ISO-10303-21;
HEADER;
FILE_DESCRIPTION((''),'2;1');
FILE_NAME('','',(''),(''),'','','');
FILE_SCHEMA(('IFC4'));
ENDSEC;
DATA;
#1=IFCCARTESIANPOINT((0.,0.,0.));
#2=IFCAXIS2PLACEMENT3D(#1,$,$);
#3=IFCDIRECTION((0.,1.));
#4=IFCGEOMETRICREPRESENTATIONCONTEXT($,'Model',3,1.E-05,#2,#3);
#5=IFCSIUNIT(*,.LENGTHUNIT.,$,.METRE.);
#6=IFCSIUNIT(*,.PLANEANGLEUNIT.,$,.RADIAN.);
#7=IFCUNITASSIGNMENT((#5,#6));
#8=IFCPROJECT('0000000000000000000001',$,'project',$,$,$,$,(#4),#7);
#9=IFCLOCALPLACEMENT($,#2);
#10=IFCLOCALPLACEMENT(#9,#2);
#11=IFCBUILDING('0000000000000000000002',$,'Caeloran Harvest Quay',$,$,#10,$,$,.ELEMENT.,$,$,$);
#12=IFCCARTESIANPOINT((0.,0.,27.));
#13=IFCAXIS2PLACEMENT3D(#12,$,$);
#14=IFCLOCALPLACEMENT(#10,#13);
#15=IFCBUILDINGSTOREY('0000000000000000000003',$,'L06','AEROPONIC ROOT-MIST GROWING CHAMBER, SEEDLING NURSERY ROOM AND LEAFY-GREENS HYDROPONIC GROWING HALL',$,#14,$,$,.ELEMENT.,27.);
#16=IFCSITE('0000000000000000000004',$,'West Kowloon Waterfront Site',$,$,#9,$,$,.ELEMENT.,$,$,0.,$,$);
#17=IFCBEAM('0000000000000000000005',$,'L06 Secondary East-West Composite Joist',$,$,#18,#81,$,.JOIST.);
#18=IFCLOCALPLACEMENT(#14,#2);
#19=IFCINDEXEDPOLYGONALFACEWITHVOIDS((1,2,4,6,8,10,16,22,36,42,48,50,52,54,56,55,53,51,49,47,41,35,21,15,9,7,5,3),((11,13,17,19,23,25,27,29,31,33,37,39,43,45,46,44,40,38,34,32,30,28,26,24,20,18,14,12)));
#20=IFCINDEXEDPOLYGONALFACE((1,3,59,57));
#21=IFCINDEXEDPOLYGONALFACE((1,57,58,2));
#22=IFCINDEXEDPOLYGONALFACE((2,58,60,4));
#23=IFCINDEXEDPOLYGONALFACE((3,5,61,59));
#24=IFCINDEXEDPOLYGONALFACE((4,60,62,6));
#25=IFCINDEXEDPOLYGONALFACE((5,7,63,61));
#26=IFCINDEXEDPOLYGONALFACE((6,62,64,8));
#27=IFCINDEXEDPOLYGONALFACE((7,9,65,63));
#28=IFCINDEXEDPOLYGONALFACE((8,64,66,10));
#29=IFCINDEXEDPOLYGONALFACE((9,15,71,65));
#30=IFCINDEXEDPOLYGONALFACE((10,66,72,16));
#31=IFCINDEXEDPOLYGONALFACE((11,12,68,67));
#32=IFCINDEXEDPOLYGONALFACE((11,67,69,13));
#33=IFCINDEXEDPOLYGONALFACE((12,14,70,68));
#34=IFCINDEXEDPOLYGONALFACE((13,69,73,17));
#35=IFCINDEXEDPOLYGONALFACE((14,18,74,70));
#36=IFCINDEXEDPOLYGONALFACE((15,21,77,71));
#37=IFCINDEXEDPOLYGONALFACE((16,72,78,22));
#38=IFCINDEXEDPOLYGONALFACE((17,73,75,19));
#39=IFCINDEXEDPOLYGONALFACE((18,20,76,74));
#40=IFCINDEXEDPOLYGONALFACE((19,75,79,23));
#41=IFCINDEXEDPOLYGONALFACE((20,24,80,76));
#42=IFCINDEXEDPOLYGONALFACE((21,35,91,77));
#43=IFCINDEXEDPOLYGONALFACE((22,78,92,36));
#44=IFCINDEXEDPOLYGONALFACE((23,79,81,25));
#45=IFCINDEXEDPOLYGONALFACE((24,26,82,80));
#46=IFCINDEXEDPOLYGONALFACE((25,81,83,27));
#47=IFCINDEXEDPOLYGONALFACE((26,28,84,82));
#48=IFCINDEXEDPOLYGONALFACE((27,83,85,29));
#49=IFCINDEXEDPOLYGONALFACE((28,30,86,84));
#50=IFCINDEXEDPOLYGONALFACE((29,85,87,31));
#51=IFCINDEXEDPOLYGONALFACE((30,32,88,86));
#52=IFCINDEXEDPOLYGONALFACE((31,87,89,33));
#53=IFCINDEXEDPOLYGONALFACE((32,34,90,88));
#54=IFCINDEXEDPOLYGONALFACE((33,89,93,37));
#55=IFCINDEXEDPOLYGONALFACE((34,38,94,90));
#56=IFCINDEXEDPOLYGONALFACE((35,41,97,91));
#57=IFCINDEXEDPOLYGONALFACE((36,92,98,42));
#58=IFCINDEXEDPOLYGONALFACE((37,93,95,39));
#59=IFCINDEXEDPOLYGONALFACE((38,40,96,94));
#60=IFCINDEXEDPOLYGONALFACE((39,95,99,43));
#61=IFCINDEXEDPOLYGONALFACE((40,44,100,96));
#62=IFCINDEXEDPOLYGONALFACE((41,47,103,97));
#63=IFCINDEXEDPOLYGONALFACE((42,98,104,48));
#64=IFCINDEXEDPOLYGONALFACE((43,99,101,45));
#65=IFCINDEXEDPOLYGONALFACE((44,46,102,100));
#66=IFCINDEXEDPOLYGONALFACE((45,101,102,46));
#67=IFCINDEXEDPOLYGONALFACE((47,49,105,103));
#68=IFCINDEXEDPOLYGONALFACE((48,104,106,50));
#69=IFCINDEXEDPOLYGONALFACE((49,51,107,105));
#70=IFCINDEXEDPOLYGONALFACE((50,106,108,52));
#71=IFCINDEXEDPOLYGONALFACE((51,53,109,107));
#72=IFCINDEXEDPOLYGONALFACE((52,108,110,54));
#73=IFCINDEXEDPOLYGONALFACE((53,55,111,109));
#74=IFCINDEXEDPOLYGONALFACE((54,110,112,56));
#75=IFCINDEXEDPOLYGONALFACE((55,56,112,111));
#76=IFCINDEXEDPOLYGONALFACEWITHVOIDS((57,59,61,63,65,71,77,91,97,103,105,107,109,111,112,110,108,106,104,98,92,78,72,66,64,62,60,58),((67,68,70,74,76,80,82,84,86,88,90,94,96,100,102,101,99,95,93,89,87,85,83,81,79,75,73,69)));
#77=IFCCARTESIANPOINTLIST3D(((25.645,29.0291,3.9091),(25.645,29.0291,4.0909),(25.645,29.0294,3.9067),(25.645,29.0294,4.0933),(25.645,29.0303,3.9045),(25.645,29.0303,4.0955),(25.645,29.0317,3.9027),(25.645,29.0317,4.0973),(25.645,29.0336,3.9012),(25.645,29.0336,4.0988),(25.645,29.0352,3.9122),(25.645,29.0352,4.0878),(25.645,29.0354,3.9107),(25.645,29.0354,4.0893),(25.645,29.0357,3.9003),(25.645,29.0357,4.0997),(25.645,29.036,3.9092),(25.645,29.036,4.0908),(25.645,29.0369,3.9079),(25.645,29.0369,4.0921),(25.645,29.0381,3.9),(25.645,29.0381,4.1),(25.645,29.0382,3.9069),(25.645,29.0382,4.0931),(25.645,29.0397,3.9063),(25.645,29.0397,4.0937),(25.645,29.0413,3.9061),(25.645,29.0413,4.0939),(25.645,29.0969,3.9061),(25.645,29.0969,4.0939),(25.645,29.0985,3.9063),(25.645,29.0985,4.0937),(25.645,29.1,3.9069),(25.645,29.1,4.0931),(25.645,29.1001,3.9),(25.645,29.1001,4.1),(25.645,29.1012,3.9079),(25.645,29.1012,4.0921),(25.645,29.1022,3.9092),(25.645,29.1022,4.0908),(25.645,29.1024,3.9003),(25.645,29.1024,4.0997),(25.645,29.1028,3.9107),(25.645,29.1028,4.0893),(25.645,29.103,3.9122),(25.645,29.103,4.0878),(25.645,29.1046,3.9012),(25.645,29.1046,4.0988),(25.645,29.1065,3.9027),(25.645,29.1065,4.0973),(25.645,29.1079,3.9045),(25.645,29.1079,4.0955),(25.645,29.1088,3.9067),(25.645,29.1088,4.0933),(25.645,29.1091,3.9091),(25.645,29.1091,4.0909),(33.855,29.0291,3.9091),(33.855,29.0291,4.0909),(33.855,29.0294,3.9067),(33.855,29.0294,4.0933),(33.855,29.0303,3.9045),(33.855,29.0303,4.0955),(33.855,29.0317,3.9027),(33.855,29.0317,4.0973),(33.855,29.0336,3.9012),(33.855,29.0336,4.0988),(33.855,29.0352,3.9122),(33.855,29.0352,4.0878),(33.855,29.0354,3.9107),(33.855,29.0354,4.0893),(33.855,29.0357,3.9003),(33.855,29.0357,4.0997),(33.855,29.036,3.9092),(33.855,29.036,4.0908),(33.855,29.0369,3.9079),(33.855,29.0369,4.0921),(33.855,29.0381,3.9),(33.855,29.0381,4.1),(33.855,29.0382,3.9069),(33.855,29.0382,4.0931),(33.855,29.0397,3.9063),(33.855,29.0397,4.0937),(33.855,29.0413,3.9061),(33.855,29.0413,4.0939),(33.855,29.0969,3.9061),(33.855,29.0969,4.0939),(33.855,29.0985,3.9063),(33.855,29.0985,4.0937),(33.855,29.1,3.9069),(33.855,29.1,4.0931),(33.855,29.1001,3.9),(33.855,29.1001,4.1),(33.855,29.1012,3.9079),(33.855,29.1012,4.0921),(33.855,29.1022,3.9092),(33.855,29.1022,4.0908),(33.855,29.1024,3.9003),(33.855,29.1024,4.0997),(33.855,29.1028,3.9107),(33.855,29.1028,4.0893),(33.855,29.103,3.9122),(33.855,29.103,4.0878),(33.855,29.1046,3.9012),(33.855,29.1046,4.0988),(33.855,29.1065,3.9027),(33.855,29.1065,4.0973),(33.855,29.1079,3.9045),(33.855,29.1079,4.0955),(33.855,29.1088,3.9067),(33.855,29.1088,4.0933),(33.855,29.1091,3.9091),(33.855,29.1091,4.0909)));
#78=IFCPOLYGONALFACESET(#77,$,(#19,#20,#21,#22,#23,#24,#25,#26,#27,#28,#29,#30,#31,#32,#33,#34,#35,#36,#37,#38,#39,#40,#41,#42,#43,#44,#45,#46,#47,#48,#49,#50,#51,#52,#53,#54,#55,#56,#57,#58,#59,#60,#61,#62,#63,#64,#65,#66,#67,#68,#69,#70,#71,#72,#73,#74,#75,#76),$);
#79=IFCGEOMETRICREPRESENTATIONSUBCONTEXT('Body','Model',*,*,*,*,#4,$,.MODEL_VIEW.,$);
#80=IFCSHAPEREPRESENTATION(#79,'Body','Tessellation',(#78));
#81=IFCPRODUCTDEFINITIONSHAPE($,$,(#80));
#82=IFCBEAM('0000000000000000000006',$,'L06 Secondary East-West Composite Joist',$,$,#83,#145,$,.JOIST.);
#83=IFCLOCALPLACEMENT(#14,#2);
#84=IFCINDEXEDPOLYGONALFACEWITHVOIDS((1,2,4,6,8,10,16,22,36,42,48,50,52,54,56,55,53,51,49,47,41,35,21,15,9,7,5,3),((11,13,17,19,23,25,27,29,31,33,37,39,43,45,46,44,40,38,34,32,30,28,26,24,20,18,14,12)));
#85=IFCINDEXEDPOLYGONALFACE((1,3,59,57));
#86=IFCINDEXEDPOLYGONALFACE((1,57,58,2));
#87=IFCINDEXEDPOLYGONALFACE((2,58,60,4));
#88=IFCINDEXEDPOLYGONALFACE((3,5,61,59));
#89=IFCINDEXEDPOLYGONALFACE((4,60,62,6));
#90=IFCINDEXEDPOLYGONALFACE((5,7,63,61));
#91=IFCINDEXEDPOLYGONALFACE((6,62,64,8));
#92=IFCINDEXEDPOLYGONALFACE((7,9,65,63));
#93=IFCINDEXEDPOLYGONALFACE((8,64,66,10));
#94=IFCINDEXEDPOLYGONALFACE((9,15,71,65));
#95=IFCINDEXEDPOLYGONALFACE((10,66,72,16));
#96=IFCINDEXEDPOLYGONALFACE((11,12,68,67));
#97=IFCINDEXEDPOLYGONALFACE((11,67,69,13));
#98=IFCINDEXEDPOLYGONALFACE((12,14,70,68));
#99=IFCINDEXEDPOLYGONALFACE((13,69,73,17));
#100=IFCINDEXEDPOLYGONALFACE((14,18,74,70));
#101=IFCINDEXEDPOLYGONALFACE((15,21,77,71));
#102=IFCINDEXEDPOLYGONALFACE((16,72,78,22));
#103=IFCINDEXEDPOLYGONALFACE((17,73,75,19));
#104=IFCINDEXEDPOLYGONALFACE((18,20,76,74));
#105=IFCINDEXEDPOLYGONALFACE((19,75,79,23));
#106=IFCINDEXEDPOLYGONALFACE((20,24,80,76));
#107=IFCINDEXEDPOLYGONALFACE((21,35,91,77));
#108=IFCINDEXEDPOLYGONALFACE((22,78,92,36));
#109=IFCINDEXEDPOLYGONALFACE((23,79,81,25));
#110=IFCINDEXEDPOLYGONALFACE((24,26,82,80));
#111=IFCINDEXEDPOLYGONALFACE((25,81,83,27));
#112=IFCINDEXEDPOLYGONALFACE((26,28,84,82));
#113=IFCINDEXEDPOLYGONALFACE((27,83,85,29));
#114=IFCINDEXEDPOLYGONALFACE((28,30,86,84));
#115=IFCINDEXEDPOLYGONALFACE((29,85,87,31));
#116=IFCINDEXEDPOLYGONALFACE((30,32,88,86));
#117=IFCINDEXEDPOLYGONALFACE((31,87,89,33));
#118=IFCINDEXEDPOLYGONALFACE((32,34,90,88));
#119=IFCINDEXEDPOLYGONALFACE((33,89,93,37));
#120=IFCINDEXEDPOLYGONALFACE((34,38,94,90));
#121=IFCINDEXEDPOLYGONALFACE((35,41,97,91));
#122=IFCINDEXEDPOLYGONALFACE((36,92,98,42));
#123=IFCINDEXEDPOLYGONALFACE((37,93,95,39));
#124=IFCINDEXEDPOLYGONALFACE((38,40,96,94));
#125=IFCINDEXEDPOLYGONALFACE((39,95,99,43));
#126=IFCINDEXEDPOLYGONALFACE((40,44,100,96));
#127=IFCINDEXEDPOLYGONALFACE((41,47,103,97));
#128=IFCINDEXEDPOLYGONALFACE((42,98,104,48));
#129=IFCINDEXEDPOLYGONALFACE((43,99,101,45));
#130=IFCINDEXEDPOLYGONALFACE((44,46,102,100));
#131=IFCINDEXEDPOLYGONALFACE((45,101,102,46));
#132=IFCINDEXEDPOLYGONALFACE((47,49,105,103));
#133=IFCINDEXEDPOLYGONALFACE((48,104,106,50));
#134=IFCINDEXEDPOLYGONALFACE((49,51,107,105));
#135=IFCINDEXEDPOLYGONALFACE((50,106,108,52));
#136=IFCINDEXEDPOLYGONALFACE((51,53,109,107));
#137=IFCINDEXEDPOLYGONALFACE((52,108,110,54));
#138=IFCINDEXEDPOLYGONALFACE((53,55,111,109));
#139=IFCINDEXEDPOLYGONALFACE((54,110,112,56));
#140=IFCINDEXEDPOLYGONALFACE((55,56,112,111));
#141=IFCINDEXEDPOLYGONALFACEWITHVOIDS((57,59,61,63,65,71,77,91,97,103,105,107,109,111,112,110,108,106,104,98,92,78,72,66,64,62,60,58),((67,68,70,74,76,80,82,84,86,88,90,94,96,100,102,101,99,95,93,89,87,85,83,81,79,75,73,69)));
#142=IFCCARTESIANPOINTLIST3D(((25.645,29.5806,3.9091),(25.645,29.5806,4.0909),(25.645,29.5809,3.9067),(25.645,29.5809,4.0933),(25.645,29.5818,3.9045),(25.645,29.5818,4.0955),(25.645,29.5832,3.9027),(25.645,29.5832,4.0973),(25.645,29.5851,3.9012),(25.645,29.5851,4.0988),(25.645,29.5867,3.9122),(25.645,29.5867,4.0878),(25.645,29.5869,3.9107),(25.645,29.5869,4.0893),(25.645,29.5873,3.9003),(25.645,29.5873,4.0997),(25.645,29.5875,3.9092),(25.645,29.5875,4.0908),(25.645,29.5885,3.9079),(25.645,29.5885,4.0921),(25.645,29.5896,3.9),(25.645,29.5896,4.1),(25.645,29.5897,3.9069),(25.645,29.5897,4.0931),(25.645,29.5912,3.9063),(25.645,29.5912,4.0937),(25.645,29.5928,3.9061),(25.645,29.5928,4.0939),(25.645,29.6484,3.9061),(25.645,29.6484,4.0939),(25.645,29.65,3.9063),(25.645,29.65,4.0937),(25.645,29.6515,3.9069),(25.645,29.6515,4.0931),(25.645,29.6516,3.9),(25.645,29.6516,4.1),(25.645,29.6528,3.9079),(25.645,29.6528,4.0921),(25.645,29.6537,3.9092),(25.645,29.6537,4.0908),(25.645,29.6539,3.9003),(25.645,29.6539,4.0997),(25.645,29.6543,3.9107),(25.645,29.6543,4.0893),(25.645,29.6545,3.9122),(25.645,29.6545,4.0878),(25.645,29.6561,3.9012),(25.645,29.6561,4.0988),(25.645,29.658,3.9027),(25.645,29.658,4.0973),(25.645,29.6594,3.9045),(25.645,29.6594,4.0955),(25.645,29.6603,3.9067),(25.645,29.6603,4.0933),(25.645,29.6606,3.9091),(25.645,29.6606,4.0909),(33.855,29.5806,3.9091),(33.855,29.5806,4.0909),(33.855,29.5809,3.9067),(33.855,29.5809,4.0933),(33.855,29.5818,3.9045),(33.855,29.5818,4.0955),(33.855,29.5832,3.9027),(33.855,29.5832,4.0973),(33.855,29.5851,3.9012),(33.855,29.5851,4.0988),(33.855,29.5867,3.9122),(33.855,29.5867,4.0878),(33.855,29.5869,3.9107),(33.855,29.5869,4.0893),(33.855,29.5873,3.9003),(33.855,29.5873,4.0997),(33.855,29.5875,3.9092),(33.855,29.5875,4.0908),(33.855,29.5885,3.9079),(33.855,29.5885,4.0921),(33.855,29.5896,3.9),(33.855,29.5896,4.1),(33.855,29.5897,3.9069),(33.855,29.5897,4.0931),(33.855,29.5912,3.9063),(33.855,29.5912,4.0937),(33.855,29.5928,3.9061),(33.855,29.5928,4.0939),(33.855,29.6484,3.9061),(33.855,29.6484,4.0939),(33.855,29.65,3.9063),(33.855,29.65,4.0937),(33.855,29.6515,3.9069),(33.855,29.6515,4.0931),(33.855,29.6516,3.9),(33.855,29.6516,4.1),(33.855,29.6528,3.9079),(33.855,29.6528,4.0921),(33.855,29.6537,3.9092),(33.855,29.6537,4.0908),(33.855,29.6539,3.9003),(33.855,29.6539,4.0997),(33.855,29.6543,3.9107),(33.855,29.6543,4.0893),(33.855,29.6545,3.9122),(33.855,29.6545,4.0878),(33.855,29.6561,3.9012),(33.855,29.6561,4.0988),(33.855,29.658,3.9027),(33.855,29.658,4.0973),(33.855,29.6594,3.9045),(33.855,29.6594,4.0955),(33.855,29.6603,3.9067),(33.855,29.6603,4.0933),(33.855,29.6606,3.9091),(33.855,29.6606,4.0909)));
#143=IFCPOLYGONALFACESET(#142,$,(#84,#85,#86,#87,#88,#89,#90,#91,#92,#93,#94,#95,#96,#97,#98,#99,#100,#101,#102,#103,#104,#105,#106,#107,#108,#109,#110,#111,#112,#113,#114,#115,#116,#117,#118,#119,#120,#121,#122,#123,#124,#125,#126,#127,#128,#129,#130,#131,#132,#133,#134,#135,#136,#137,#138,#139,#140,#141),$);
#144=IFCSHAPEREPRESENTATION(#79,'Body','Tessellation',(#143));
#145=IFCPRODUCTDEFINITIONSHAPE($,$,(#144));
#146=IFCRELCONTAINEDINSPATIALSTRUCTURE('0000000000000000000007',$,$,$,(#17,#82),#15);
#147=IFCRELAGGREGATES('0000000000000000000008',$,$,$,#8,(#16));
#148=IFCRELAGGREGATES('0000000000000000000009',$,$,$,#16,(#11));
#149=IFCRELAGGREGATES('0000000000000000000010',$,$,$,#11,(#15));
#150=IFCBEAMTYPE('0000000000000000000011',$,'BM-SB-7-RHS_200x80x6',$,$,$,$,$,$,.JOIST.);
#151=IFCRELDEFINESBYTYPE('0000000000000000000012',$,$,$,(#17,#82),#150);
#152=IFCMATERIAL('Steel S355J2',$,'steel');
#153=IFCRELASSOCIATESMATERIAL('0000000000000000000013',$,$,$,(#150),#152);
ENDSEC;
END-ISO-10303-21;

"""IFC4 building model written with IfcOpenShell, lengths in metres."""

from ifc_helpers import new_model, si_unit, direction, frame, origin, origin_2d, place, context, subcontext, project, spatial, hollow_rectangle, extrude, material, material_profile, profile_set, type_object, element, save


model = new_model("IFC4")

# Units and contexts
model_context = context("Model", 3, precision=1e-05, world=origin(), true_north=direction((0.0, 1.0)))
body_context = subcontext(model_context, "Body", "Model", "MODEL_VIEW")
ifc_project = project(units=[si_unit("LENGTHUNIT", "METRE"), si_unit("PLANEANGLEUNIT", "RADIAN")], contexts=[model_context])

# Site, building, storey
site_placement = place(None, origin())
site = spatial("IfcSite", under=ifc_project, at=site_placement, Name="West Kowloon Waterfront Site", CompositionType="ELEMENT", RefElevation=0.0)
building_placement = place(site_placement, origin())
building = spatial("IfcBuilding", under=site, at=building_placement, Name="Caeloran Harvest Quay", CompositionType="ELEMENT")
storey_placement = place(building_placement, frame((0.0, 0.0, 27.0)))
storey = spatial("IfcBuildingStorey", under=building, at=storey_placement, Name="L06", Description="AEROPONIC ROOT-MIST GROWING CHAMBER, SEEDLING NURSERY ROOM AND LEAFY-GREENS HYDROPONIC GROWING HALL", CompositionType="ELEMENT", Elevation=27.0)

# Beams
ifc_material_1 = material(Name="Steel S355J2", Category="steel")
ifc_material_profile_1 = material_profile(ifc_material_1, hollow_rectangle(XDim=0.0801, YDim=0.2, WallThickness=0.0061, InnerFilletRadius=0.0061, OuterFilletRadius=0.009, at=origin_2d()), Name="RHS 200x80x6")
ifc_profile_set_1 = profile_set([ifc_material_profile_1], Name="Steel S355J2")
beam_type_1 = type_object("IfcBeamType", Name="BM-SB-7-RHS_200x80x6", PredefinedType="JOIST", material=ifc_profile_set_1)
for number, where, z_axis, x_axis, name in (
    (1, (25.645, 29.0691, 4.0), (1.0, 0.0, 0.0), (0.0, 1.0, 0.0), "L06 Secondary East-West Composite Joist"),
    (2, (25.645, 29.6206, 4.0), (1.0, 0.0, 0.0), (0.0, 1.0, 0.0), "L06 Secondary East-West Composite Joist"),
):
    element("IfcBeam", number, at=place(storey_placement, frame(where, z_axis=z_axis, x_axis=x_axis)), inside=storey, type_object=beam_type_1, Name=name, PredefinedType="JOIST", context=body_context, shape_type="SweptSolid", body=[
        extrude(hollow_rectangle(XDim=0.0801, YDim=0.2, WallThickness=0.0061, InnerFilletRadius=0.0061, OuterFilletRadius=0.009, at=origin_2d()), origin(), (0.0, 0.0, 1.0), 8.21),
    ])

save(model, "model.ifc")
